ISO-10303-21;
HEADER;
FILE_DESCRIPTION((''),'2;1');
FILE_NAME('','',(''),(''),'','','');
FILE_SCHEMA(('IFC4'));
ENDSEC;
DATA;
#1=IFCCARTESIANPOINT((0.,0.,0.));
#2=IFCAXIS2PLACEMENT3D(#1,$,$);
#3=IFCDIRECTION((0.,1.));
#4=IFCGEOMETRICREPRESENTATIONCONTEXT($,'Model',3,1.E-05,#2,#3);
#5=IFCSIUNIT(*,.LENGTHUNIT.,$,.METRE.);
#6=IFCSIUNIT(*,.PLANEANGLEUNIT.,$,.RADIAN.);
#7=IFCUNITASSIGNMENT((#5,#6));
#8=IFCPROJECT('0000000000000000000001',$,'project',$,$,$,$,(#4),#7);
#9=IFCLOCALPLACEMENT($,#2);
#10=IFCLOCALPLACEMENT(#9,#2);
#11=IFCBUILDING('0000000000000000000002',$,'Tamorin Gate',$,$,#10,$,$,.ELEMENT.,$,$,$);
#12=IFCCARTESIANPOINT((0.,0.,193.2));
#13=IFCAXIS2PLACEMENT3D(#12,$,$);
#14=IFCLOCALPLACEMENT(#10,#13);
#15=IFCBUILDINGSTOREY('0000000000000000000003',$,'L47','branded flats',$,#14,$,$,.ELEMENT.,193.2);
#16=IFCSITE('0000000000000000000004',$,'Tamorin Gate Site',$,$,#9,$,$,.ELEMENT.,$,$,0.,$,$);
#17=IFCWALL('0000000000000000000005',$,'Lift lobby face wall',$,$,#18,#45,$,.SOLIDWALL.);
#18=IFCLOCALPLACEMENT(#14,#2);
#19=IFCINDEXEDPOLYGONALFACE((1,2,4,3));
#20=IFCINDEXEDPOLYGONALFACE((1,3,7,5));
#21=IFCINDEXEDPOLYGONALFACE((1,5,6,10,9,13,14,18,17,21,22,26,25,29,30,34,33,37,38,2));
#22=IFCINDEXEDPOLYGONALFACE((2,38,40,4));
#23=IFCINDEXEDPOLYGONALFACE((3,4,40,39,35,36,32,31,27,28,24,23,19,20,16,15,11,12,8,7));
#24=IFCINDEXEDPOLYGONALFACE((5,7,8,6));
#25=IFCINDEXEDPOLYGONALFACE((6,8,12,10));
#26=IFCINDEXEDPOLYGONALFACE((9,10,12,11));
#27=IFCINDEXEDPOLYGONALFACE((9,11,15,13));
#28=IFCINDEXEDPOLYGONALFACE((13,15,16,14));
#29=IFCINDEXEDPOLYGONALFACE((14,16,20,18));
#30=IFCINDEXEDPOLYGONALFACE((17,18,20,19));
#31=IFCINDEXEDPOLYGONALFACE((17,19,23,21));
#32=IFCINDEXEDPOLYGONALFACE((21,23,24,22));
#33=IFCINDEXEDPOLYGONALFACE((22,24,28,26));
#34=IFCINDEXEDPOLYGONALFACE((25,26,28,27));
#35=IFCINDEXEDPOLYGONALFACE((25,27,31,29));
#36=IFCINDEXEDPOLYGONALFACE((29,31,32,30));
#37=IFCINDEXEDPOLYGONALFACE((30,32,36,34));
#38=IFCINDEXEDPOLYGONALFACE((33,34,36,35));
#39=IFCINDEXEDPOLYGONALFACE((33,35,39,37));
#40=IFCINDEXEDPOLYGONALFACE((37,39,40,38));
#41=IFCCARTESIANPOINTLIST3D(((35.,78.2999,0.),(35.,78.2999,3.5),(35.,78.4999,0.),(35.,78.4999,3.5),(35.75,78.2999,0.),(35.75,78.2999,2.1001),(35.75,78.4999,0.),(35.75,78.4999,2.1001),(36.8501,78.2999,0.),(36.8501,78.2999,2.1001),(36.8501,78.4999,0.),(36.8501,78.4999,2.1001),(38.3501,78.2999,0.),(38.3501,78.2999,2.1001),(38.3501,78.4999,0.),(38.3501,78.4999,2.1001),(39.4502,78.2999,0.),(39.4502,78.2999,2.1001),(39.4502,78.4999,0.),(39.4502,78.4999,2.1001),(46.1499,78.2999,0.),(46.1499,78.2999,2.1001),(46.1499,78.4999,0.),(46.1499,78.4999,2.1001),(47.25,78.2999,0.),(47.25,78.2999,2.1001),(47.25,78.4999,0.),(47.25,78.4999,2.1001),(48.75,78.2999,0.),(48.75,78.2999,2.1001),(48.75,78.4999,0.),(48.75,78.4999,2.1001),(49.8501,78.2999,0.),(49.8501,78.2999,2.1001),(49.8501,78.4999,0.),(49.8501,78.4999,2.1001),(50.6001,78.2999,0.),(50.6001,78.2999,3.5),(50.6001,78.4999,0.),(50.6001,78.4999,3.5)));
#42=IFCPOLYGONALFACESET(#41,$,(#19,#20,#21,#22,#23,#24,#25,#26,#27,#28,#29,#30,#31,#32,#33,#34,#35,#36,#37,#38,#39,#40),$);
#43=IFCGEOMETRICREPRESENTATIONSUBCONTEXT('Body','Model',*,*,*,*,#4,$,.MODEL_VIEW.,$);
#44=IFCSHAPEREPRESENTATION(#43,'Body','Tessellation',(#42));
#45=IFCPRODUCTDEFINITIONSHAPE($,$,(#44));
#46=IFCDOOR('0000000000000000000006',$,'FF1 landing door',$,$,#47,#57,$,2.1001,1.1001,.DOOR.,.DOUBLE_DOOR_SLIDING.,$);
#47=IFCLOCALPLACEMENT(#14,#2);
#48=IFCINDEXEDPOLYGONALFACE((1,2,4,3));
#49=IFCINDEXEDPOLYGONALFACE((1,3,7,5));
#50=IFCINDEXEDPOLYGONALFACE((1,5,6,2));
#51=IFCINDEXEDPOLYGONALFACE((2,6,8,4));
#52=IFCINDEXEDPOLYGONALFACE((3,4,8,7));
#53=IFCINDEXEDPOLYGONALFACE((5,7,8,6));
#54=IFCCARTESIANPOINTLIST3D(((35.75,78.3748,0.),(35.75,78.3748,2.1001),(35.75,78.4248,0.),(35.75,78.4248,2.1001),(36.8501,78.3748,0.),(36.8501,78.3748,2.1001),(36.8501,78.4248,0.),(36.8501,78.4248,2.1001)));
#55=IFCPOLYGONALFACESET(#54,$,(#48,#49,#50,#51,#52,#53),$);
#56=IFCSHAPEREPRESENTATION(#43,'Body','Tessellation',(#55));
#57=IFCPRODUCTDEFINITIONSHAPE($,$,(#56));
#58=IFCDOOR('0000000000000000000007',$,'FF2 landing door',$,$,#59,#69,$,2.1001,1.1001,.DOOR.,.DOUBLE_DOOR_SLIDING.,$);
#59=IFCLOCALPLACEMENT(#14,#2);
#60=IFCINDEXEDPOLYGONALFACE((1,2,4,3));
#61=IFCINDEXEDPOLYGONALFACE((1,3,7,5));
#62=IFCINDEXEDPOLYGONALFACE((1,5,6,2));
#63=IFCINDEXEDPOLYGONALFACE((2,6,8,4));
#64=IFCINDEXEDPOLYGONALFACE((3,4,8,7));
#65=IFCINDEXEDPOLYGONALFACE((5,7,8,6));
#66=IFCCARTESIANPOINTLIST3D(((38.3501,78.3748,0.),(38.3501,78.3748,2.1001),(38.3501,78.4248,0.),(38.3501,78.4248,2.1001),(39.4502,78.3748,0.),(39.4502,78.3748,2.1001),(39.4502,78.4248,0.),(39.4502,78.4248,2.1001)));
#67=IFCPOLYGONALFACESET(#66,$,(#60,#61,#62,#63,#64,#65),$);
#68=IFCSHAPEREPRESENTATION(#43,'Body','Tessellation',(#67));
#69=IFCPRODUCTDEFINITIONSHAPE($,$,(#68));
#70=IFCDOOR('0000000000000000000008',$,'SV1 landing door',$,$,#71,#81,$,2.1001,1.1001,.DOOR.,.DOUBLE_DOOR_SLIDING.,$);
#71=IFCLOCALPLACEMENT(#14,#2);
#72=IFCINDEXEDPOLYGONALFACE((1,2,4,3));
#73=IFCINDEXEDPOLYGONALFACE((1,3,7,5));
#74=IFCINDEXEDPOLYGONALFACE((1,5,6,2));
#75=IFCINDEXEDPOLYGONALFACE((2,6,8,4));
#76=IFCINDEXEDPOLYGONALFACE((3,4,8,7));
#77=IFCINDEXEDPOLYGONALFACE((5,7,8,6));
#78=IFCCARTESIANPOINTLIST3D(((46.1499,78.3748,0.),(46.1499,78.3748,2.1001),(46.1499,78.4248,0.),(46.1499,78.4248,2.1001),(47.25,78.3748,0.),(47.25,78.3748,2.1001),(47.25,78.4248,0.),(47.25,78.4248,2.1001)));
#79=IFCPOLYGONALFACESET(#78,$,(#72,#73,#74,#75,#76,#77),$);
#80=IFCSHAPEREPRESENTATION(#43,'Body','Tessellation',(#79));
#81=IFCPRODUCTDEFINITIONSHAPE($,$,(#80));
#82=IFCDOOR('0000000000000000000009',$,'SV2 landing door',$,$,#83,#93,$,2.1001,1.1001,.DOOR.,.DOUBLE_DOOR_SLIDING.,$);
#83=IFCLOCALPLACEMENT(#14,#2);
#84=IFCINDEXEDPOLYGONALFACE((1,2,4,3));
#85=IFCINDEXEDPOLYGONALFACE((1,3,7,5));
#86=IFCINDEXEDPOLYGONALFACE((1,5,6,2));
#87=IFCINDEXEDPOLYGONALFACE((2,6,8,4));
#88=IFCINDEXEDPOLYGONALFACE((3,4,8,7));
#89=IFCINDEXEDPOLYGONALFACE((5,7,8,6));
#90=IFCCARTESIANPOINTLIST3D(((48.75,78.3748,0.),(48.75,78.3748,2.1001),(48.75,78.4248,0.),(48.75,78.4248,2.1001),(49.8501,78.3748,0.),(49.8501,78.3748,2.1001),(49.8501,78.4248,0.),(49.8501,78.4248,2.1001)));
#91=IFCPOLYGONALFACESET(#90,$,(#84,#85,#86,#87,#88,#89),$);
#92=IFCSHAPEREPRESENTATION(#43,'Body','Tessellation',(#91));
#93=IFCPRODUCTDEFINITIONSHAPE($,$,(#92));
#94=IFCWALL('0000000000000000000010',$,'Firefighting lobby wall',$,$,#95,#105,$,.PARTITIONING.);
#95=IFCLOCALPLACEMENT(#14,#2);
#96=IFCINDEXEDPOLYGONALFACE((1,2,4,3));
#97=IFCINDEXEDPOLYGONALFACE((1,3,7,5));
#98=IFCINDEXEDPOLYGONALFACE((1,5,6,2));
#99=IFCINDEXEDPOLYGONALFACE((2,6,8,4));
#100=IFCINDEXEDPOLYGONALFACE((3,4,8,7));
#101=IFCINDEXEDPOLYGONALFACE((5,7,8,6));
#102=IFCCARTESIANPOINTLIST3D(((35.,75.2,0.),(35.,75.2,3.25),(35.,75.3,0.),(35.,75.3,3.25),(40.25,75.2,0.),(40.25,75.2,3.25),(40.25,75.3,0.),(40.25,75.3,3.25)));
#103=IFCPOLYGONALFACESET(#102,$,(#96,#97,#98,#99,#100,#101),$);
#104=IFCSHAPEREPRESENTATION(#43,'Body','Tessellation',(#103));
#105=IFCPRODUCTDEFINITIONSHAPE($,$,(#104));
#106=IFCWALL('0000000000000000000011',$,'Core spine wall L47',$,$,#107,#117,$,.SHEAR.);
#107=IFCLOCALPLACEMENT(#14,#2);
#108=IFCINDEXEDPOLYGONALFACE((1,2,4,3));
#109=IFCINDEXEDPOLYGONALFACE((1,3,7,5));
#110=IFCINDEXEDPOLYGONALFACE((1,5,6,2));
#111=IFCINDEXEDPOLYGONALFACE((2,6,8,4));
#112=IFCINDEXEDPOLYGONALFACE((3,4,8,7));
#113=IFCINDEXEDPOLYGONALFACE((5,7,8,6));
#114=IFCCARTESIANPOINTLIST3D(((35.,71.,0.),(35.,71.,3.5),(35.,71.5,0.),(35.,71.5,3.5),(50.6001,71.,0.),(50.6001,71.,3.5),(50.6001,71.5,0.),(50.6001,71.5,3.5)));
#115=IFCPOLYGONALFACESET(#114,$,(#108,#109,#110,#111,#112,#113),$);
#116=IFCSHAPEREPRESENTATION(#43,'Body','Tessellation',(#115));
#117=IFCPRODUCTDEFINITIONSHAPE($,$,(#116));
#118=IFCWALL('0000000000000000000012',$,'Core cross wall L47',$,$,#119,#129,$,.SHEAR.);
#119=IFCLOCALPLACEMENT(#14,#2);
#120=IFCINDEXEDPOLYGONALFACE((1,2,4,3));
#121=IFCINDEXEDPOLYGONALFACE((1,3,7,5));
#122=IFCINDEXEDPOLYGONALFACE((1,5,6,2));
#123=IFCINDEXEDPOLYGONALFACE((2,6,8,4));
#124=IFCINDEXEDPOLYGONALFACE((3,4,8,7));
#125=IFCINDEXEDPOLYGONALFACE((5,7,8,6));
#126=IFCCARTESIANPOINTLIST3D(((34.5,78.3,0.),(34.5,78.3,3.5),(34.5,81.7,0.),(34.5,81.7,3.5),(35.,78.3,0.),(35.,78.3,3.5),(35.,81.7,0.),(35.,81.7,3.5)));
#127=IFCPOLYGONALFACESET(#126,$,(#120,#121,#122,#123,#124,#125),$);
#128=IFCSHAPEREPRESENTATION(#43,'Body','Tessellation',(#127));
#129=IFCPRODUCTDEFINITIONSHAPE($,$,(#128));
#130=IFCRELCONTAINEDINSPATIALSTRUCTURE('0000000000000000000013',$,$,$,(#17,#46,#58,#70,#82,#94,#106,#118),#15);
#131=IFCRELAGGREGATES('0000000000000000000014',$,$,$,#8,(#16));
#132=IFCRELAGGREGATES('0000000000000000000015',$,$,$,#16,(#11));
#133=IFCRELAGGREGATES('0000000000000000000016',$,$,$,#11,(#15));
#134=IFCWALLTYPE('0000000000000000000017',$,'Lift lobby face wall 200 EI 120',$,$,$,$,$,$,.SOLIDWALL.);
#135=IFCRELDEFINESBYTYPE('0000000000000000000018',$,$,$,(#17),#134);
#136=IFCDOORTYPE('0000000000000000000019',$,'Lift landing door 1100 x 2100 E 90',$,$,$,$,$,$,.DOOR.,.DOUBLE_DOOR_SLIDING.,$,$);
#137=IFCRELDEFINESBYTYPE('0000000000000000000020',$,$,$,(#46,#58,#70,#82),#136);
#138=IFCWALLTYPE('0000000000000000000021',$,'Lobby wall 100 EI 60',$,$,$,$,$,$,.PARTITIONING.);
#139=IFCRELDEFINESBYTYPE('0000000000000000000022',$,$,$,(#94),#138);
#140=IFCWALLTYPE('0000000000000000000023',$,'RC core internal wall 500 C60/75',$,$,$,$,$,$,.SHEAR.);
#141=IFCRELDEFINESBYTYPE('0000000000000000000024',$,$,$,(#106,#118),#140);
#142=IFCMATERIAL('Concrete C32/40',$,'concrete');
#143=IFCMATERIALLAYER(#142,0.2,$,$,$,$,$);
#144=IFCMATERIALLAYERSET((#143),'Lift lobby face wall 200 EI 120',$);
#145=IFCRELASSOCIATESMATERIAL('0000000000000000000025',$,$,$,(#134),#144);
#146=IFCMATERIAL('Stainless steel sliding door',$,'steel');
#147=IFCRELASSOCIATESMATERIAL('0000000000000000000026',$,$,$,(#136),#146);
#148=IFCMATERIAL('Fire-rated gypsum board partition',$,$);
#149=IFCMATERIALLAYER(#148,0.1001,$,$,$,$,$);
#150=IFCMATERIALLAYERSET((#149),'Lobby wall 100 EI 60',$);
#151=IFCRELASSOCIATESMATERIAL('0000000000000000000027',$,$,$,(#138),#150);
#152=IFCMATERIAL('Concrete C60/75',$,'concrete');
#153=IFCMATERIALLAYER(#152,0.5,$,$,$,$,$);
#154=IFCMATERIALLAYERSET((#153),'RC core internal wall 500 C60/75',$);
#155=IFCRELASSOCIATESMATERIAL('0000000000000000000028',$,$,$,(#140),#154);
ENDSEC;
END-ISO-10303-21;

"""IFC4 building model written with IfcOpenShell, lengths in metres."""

from ifc_helpers import new_model, si_unit, direction, frame, frame_2d, origin, place, context, subcontext, project, spatial, rectangle, extrude, material, layer, layer_set, type_object, element, fill, save


model = new_model("IFC4")

# Units and contexts
model_context = context("Model", 3, precision=1e-05, world=origin(), true_north=direction((0.0, 1.0)))
body_context = subcontext(model_context, "Body", "Model", "MODEL_VIEW")
ifc_project = project(units=[si_unit("LENGTHUNIT", "METRE"), si_unit("PLANEANGLEUNIT", "RADIAN")], contexts=[model_context])

# Site, building, storey
site_placement = place(None, origin())
site = spatial("IfcSite", under=ifc_project, at=site_placement, Name="Tamorin Gate Site", CompositionType="ELEMENT", RefElevation=0.0)
building_placement = place(site_placement, origin())
building = spatial("IfcBuilding", under=site, at=building_placement, Name="Tamorin Gate", CompositionType="ELEMENT")
storey_placement = place(building_placement, frame((0.0, 0.0, 193.2)))
storey = spatial("IfcBuildingStorey", under=building, at=storey_placement, Name="L47", Description="branded flats", CompositionType="ELEMENT", Elevation=193.2)

# Wall, openings, doors
ifc_material_1 = material(Name="Concrete C32/40", Category="concrete")
ifc_layer_1 = layer(ifc_material_1, 0.2)
ifc_layer_set_1 = layer_set([ifc_layer_1], Name="Lift lobby face wall 200 EI 120")
wall_type_1 = type_object("IfcWallType", Name="Lift lobby face wall 200 EI 120", PredefinedType="SOLIDWALL", material=ifc_layer_set_1)
ifc_material_2 = material(Name="Stainless steel sliding door", Category="steel")
door_type_1 = type_object("IfcDoorType", Name="Lift landing door 1100 x 2100 E 90", OperationType="DOUBLE_DOOR_SLIDING", PredefinedType="DOOR", material=ifc_material_2)
wall_1_placement = place(storey_placement, frame((35.0, 78.3999, 0.0), z_axis=(0.0, 0.0, 1.0), x_axis=(1.0, 0.0, 0.0)))
wall_1 = element("IfcWall", 1, at=wall_1_placement, inside=storey, type_object=wall_type_1, Name="Lift lobby face wall", PredefinedType="SOLIDWALL", context=body_context, shape_type="SweptSolid", body=[
    extrude(rectangle(XDim=15.6001, YDim=0.2, at=frame_2d((7.8, 0.0))), origin(), (0.0, 0.0, 1.0), 3.5),
])
opening_1_placement = place(wall_1_placement, frame((0.75, 0.0, 0.0)))
opening_1 = element("IfcOpeningElement", 2, at=opening_1_placement, cuts=wall_1, PredefinedType="OPENING", context=body_context, shape_type="SweptSolid", body=[
    extrude(rectangle(XDim=1.1001, YDim=2.1001, at=frame_2d((0.55, 1.05))), frame((0.0, 0.1099, 0.0), z_axis=(0.0, -1.0, 0.0), x_axis=(1.0, 0.0, 0.0)), (0.0, 0.0, 1.0), 0.22),
])
opening_2_placement = place(wall_1_placement, frame((3.3501, 0.0, 0.0)))
opening_2 = element("IfcOpeningElement", 3, at=opening_2_placement, cuts=wall_1, PredefinedType="OPENING", context=body_context, shape_type="SweptSolid", body=[
    extrude(rectangle(XDim=1.1001, YDim=2.1001, at=frame_2d((0.55, 1.05))), frame((0.0, 0.1099, 0.0), z_axis=(0.0, -1.0, 0.0), x_axis=(1.0, 0.0, 0.0)), (0.0, 0.0, 1.0), 0.22),
])
opening_3_placement = place(wall_1_placement, frame((11.1499, 0.0, 0.0)))
opening_3 = element("IfcOpeningElement", 4, at=opening_3_placement, cuts=wall_1, PredefinedType="OPENING", context=body_context, shape_type="SweptSolid", body=[
    extrude(rectangle(XDim=1.1001, YDim=2.1001, at=frame_2d((0.55, 1.05))), frame((0.0, 0.1099, 0.0), z_axis=(0.0, -1.0, 0.0), x_axis=(1.0, 0.0, 0.0)), (0.0, 0.0, 1.0), 0.22),
])
opening_4_placement = place(wall_1_placement, frame((13.75, 0.0, 0.0)))
opening_4 = element("IfcOpeningElement", 5, at=opening_4_placement, cuts=wall_1, PredefinedType="OPENING", context=body_context, shape_type="SweptSolid", body=[
    extrude(rectangle(XDim=1.1001, YDim=2.1001, at=frame_2d((0.55, 1.05))), frame((0.0, 0.1099, 0.0), z_axis=(0.0, -1.0, 0.0), x_axis=(1.0, 0.0, 0.0)), (0.0, 0.0, 1.0), 0.22),
])
door_1_placement = place(opening_1_placement, origin())
door_1 = element("IfcDoor", 6, at=door_1_placement, inside=storey, type_object=door_type_1, Name="FF1 landing door", OperationType="DOUBLE_DOOR_SLIDING", OverallHeight=2.1001, OverallWidth=1.1001, PredefinedType="DOOR", context=body_context, shape_type="SweptSolid", body=[
    extrude(rectangle(XDim=1.1001, YDim=2.1001, at=frame_2d((0.55, 1.05))), frame((0.0, 0.0249, 0.0), z_axis=(0.0, -1.0, 0.0), x_axis=(1.0, 0.0, 0.0)), (0.0, 0.0, 1.0), 0.05),
])
fill(opening_1, door_1)
door_2_placement = place(opening_2_placement, origin())
door_2 = element("IfcDoor", 7, at=door_2_placement, inside=storey, type_object=door_type_1, Name="FF2 landing door", OperationType="DOUBLE_DOOR_SLIDING", OverallHeight=2.1001, OverallWidth=1.1001, PredefinedType="DOOR", context=body_context, shape_type="SweptSolid", body=[
    extrude(rectangle(XDim=1.1001, YDim=2.1001, at=frame_2d((0.55, 1.05))), frame((0.0, 0.0249, 0.0), z_axis=(0.0, -1.0, 0.0), x_axis=(1.0, 0.0, 0.0)), (0.0, 0.0, 1.0), 0.05),
])
fill(opening_2, door_2)
door_3_placement = place(opening_3_placement, origin())
door_3 = element("IfcDoor", 8, at=door_3_placement, inside=storey, type_object=door_type_1, Name="SV1 landing door", OperationType="DOUBLE_DOOR_SLIDING", OverallHeight=2.1001, OverallWidth=1.1001, PredefinedType="DOOR", context=body_context, shape_type="SweptSolid", body=[
    extrude(rectangle(XDim=1.1001, YDim=2.1001, at=frame_2d((0.55, 1.05))), frame((0.0, 0.0249, 0.0), z_axis=(0.0, -1.0, 0.0), x_axis=(1.0, 0.0, 0.0)), (0.0, 0.0, 1.0), 0.05),
])
fill(opening_3, door_3)
door_4_placement = place(opening_4_placement, origin())
door_4 = element("IfcDoor", 9, at=door_4_placement, inside=storey, type_object=door_type_1, Name="SV2 landing door", OperationType="DOUBLE_DOOR_SLIDING", OverallHeight=2.1001, OverallWidth=1.1001, PredefinedType="DOOR", context=body_context, shape_type="SweptSolid", body=[
    extrude(rectangle(XDim=1.1001, YDim=2.1001, at=frame_2d((0.55, 1.05))), frame((0.0, 0.0249, 0.0), z_axis=(0.0, -1.0, 0.0), x_axis=(1.0, 0.0, 0.0)), (0.0, 0.0, 1.0), 0.05),
])
fill(opening_4, door_4)

# Walls
ifc_material_3 = material(Name="Fire-rated gypsum board partition")
ifc_layer_2 = layer(ifc_material_3, 0.1001)
ifc_layer_set_2 = layer_set([ifc_layer_2], Name="Lobby wall 100 EI 60")
wall_type_2 = type_object("IfcWallType", Name="Lobby wall 100 EI 60", PredefinedType="PARTITIONING", material=ifc_layer_set_2)
wall_2_placement = place(storey_placement, frame((35.0, 75.25, 0.0), z_axis=(0.0, 0.0, 1.0), x_axis=(1.0, 0.0, 0.0)))
element("IfcWall", 10, at=wall_2_placement, inside=storey, type_object=wall_type_2, Name="Firefighting lobby wall", PredefinedType="PARTITIONING", context=body_context, shape_type="SweptSolid", body=[
    extrude(rectangle(XDim=5.25, YDim=0.1001, at=frame_2d((2.625, 0.0))), origin(), (0.0, 0.0, 1.0), 3.25),
])
ifc_material_4 = material(Name="Concrete C60/75", Category="concrete")
ifc_layer_3 = layer(ifc_material_4, 0.5)
ifc_layer_set_3 = layer_set([ifc_layer_3], Name="RC core internal wall 500 C60/75")
wall_type_3 = type_object("IfcWallType", Name="RC core internal wall 500 C60/75", PredefinedType="SHEAR", material=ifc_layer_set_3)
wall_3_placement = place(storey_placement, frame((35.0, 71.25, 0.0), z_axis=(0.0, 0.0, 1.0), x_axis=(1.0, 0.0, 0.0)))
element("IfcWall", 11, at=wall_3_placement, inside=storey, type_object=wall_type_3, Name="Core spine wall L47", PredefinedType="SHEAR", context=body_context, shape_type="SweptSolid", body=[
    extrude(rectangle(XDim=15.6001, YDim=0.5, at=frame_2d((7.8, 0.0))), origin(), (0.0, 0.0, 1.0), 3.5),
])
wall_4_placement = place(storey_placement, frame((34.75, 78.3, 0.0), z_axis=(0.0, 0.0, 1.0), x_axis=(0.0, 1.0, 0.0)))
element("IfcWall", 12, at=wall_4_placement, inside=storey, type_object=wall_type_3, Name="Core cross wall L47", PredefinedType="SHEAR", context=body_context, shape_type="SweptSolid", body=[
    extrude(rectangle(XDim=3.3999, YDim=0.5, at=frame_2d((1.7, 0.0))), origin(), (0.0, 0.0, 1.0), 3.5),
])

save(model, "model.ifc")
